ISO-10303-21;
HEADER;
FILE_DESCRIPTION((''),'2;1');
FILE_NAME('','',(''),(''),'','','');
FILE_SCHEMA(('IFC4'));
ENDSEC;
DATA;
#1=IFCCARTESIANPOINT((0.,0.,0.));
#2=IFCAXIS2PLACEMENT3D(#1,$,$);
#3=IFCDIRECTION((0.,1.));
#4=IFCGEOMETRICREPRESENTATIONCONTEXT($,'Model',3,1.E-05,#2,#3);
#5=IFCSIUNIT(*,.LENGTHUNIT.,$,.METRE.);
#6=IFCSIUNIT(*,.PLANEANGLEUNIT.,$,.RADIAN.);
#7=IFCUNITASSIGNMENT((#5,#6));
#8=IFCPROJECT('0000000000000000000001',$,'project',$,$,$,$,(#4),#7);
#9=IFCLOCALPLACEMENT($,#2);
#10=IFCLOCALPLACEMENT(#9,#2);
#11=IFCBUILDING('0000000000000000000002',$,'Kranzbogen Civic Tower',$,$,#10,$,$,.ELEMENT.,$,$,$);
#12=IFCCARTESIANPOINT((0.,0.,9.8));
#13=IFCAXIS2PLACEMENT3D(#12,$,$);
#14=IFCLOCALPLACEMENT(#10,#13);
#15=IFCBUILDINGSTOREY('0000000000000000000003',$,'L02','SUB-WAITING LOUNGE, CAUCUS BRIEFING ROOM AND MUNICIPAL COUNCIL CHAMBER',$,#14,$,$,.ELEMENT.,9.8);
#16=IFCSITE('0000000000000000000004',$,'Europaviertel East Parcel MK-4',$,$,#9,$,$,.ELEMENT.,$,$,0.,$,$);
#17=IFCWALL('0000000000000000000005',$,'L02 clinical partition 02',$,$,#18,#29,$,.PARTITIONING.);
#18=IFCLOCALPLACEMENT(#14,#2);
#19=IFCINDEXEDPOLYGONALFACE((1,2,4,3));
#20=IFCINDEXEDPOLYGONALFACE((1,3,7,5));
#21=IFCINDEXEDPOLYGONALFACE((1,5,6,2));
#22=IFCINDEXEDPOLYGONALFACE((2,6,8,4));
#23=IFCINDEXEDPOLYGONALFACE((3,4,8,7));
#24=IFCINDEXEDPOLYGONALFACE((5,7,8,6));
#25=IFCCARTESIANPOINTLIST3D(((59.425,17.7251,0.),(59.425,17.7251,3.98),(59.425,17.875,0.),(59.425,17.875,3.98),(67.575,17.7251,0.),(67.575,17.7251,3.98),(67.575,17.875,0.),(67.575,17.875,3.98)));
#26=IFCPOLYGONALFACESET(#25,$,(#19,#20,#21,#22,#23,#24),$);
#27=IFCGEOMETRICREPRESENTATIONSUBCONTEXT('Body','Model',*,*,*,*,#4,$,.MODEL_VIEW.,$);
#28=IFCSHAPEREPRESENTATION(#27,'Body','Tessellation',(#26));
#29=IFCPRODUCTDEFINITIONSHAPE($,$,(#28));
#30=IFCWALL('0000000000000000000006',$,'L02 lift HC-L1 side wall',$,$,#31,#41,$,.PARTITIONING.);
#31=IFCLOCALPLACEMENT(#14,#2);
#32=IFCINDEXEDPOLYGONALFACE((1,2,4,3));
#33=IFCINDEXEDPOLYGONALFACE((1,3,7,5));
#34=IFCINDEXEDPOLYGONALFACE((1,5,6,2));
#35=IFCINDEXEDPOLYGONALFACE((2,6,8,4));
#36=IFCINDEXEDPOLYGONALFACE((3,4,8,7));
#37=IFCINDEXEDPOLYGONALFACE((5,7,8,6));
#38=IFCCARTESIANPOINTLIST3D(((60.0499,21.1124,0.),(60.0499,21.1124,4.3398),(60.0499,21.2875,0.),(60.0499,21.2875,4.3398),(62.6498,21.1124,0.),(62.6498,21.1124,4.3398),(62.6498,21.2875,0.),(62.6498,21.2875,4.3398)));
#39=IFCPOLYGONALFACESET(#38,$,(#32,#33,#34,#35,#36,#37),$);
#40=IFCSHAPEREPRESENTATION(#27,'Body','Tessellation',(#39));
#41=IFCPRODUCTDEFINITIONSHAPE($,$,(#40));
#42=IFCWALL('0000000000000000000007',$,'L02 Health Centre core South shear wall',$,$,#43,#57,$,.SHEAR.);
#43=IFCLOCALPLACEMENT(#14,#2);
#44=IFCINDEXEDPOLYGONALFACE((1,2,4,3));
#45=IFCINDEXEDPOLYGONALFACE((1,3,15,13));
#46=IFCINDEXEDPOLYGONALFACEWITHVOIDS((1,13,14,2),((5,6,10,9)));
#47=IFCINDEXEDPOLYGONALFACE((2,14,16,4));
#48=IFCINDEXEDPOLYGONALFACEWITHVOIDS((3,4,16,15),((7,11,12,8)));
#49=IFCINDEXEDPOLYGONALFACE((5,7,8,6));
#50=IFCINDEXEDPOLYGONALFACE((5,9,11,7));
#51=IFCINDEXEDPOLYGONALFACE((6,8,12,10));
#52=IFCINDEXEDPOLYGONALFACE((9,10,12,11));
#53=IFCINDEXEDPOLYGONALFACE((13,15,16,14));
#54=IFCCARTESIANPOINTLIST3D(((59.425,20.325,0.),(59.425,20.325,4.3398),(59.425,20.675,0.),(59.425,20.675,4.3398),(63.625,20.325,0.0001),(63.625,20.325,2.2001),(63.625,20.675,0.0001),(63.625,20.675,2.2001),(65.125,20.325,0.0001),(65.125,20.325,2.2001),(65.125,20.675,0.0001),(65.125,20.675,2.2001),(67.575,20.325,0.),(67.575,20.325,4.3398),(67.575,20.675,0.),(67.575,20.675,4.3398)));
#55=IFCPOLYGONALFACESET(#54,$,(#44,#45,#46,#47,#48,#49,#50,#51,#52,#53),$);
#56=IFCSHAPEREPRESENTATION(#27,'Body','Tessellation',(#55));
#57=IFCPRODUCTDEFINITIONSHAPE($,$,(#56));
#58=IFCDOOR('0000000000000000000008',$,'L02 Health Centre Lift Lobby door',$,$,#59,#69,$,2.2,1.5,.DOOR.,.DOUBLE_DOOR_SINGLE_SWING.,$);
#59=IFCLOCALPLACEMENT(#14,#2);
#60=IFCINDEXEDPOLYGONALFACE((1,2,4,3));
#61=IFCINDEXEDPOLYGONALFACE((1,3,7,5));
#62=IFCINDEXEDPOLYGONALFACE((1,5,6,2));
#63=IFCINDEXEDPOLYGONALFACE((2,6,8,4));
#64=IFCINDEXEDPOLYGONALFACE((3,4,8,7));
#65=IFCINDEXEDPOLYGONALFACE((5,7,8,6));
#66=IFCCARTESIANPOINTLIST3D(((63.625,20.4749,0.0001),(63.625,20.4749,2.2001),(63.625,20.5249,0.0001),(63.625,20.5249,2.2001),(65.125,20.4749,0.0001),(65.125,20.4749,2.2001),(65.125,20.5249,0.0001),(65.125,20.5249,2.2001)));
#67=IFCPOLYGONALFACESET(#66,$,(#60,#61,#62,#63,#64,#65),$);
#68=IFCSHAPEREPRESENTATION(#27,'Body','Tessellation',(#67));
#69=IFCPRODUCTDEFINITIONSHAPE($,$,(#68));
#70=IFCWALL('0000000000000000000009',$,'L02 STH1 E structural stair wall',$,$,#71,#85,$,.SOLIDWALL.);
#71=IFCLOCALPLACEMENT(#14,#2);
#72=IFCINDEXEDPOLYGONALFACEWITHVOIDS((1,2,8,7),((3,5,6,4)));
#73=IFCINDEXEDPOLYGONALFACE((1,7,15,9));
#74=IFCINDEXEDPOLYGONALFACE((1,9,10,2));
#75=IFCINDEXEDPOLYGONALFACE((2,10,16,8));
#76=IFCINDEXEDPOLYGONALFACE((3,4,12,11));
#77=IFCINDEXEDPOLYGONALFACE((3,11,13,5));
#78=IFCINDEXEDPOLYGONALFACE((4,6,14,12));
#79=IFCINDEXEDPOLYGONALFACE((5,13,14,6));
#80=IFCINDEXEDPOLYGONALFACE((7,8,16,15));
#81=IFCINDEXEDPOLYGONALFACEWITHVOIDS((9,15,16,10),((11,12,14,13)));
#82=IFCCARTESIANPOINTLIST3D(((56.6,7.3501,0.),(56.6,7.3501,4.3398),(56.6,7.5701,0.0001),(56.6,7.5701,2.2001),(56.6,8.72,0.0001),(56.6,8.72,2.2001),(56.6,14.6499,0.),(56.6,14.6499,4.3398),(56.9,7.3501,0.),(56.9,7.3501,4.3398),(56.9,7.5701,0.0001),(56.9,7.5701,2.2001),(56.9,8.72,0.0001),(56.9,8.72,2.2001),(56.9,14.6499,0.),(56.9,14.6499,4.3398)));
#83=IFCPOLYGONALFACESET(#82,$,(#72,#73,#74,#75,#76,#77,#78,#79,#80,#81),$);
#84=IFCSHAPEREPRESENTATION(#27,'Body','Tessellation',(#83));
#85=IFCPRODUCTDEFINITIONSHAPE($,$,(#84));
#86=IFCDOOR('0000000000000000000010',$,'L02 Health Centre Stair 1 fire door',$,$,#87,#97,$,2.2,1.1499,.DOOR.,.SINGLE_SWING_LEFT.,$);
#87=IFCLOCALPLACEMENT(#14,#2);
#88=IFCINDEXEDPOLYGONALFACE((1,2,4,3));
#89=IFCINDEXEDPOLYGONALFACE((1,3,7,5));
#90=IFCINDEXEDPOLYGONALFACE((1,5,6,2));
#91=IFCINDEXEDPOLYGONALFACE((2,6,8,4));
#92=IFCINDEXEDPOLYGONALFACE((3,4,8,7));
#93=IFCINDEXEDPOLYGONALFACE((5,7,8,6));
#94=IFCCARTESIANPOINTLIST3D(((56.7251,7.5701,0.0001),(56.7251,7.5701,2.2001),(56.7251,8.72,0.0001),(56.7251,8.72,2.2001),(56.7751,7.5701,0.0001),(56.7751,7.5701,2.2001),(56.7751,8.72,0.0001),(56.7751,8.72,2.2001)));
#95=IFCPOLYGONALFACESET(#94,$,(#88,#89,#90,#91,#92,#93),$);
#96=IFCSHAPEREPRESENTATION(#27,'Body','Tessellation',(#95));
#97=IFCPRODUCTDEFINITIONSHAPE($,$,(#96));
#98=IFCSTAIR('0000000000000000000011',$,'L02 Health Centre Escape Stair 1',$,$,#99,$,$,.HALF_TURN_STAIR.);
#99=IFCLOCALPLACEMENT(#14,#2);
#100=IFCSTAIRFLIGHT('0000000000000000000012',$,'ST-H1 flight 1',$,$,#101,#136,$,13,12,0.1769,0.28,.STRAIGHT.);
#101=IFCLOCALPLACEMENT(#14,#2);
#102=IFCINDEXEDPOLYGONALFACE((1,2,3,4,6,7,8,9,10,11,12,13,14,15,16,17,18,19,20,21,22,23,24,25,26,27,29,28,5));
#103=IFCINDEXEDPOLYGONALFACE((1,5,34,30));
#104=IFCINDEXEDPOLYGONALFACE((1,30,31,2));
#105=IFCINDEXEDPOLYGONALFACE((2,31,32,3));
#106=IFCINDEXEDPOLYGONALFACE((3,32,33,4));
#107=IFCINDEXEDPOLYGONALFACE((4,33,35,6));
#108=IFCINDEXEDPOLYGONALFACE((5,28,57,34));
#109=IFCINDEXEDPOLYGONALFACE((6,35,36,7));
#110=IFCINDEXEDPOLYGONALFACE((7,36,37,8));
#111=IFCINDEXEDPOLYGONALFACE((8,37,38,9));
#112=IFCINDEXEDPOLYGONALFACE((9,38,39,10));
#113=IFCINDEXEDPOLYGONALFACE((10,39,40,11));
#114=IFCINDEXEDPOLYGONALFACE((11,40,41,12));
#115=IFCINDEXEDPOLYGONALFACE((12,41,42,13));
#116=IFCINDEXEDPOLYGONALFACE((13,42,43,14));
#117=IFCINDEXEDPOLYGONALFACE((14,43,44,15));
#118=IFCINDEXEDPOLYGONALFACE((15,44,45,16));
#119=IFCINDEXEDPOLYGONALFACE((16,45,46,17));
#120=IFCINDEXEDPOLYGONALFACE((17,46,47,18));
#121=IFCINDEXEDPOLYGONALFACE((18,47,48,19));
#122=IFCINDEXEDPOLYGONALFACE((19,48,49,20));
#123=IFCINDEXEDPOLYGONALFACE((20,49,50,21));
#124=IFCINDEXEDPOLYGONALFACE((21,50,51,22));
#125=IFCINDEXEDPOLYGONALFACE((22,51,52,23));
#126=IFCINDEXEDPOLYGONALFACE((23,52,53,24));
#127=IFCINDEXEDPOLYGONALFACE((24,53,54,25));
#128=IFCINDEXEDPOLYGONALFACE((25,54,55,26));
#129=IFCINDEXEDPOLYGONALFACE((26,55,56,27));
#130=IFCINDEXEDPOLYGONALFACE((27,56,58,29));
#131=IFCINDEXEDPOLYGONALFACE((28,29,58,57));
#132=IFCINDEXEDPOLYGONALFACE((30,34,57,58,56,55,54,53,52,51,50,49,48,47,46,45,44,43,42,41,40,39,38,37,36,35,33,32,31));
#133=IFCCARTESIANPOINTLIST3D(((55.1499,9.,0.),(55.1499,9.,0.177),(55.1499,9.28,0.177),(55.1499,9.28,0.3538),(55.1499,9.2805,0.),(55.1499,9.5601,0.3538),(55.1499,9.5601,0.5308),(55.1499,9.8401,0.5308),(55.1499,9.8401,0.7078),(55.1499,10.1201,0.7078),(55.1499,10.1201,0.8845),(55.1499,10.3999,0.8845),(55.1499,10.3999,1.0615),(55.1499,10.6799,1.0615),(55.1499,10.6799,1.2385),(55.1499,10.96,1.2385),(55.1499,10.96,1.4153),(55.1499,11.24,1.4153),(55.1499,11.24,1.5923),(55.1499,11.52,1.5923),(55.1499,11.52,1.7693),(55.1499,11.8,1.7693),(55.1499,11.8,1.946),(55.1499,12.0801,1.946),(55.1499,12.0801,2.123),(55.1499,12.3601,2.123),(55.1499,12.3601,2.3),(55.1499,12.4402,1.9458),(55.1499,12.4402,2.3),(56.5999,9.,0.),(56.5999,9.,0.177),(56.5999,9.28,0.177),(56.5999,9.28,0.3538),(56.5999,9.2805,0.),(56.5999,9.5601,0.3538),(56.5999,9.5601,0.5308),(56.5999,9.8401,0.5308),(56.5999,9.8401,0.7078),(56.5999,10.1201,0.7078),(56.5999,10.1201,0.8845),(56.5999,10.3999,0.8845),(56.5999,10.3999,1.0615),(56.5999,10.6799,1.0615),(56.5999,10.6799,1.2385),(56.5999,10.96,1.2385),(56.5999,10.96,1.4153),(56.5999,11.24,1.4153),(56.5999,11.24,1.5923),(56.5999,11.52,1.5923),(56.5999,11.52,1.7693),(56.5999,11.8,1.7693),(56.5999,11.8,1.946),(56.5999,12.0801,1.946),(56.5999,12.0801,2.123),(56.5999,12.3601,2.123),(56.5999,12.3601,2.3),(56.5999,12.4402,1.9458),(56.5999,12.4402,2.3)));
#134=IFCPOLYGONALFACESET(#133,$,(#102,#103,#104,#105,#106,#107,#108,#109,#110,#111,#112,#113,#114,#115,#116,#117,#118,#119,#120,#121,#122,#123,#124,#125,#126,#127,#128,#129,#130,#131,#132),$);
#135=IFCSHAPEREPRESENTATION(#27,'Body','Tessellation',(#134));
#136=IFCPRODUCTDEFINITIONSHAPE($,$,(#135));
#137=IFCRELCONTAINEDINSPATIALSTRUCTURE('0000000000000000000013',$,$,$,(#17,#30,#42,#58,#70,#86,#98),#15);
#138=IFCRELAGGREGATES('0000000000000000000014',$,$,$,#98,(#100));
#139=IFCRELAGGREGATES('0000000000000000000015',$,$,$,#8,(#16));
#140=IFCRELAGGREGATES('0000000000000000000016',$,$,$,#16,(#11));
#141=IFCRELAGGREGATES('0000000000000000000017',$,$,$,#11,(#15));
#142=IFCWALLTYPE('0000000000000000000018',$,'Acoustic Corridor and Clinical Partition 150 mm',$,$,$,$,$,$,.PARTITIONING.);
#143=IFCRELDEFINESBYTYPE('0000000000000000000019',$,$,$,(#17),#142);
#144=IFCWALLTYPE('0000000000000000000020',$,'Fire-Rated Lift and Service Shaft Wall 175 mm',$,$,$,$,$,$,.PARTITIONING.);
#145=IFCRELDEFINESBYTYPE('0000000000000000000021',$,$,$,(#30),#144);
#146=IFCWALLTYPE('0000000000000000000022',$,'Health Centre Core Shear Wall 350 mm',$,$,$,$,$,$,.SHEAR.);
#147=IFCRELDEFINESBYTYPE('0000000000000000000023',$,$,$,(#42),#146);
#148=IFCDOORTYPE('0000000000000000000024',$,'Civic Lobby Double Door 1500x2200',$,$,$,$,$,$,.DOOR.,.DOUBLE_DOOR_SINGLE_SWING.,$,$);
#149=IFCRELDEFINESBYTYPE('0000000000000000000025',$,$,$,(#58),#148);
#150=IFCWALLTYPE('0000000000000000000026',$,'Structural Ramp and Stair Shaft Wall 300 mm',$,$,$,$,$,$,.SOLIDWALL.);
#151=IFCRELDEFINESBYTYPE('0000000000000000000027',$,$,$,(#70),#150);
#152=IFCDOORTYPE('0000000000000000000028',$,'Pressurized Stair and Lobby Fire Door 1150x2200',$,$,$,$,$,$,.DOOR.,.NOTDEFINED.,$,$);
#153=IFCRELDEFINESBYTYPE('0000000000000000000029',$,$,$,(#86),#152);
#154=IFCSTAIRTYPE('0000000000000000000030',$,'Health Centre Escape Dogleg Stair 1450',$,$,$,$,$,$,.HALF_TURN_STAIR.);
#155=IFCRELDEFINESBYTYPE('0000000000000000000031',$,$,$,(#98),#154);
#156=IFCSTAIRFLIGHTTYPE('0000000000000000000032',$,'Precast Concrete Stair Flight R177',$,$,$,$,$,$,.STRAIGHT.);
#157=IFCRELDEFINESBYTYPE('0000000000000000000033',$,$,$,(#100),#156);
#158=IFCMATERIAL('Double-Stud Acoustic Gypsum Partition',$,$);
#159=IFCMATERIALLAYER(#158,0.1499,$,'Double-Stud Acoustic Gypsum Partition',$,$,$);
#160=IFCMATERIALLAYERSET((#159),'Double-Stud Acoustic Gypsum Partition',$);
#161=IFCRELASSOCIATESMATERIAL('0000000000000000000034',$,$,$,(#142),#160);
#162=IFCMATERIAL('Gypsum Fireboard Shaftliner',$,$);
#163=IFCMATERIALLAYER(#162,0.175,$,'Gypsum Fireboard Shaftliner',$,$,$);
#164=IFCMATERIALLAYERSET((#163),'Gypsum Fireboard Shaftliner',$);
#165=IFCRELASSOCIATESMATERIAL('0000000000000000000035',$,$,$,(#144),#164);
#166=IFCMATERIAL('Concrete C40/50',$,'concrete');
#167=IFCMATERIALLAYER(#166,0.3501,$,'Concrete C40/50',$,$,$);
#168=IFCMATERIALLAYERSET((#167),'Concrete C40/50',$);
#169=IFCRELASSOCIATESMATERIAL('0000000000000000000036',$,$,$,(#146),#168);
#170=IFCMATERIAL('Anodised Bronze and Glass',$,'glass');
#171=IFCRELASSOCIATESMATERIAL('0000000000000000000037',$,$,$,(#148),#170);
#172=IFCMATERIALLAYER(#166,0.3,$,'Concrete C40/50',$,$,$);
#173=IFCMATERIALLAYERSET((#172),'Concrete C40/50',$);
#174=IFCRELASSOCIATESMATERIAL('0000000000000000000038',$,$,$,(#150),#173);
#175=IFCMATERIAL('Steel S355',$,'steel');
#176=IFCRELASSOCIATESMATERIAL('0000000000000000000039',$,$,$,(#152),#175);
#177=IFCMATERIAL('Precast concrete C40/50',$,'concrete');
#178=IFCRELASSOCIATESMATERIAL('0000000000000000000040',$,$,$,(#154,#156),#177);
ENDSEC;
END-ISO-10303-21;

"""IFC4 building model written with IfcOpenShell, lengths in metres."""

from ifc_helpers import new_model, si_unit, direction, frame, frame_2d, origin, place, context, subcontext, project, spatial, polyline, rectangle, outline, extrude, material, layer, layer_set, type_object, element, fill, aggregate, save


model = new_model("IFC4")

# Units and contexts
model_context = context("Model", 3, precision=1e-05, world=origin(), true_north=direction((0.0, 1.0)))
body_context = subcontext(model_context, "Body", "Model", "MODEL_VIEW")
ifc_project = project(units=[si_unit("LENGTHUNIT", "METRE"), si_unit("PLANEANGLEUNIT", "RADIAN")], contexts=[model_context])

# Site, building, storey
site_placement = place(None, origin())
site = spatial("IfcSite", under=ifc_project, at=site_placement, Name="Europaviertel East Parcel MK-4", CompositionType="ELEMENT", RefElevation=0.0)
building_placement = place(site_placement, origin())
building = spatial("IfcBuilding", under=site, at=building_placement, Name="Kranzbogen Civic Tower", CompositionType="ELEMENT")
storey_placement = place(building_placement, frame((0.0, 0.0, 9.8)))
storey = spatial("IfcBuildingStorey", under=building, at=storey_placement, Name="L02", Description="SUB-WAITING LOUNGE, CAUCUS BRIEFING ROOM AND MUNICIPAL COUNCIL CHAMBER", CompositionType="ELEMENT", Elevation=9.8)

# Shared definitions
ifc_material_1 = material(Name="Steel S355", Category="steel")
ifc_material_2 = material(Name="Concrete C40/50", Category="concrete")

# Shared definitions
ifc_material_3 = material(Name="Double-Stud Acoustic Gypsum Partition")
ifc_layer_1 = layer(ifc_material_3, 0.1499, Name="Double-Stud Acoustic Gypsum Partition")
ifc_layer_set_1 = layer_set([ifc_layer_1], Name="Double-Stud Acoustic Gypsum Partition")
wall_type_1 = type_object("IfcWallType", Name="Acoustic Corridor and Clinical Partition 150 mm", PredefinedType="PARTITIONING", material=ifc_layer_set_1)

# Walls
wall_1_placement = place(storey_placement, frame((59.425, 17.8, 0.0), z_axis=(0.0, 0.0, 1.0), x_axis=(1.0, 0.0, 0.0)))
element("IfcWall", 1, at=wall_1_placement, inside=storey, type_object=wall_type_1, Name="L02 clinical partition 02", PredefinedType="PARTITIONING", context=body_context, shape_type="SweptSolid", body=[
    extrude(rectangle(XDim=8.1499, YDim=0.1499, at=frame_2d((4.075, 0.0))), origin(), (0.0, 0.0, 1.0), 3.98),
])
ifc_material_4 = material(Name="Gypsum Fireboard Shaftliner")
ifc_layer_2 = layer(ifc_material_4, 0.175, Name="Gypsum Fireboard Shaftliner")
ifc_layer_set_2 = layer_set([ifc_layer_2], Name="Gypsum Fireboard Shaftliner")
wall_type_2 = type_object("IfcWallType", Name="Fire-Rated Lift and Service Shaft Wall 175 mm", PredefinedType="PARTITIONING", material=ifc_layer_set_2)
wall_2_placement = place(storey_placement, frame((60.05, 21.2, 0.0), z_axis=(0.0, 0.0, 1.0), x_axis=(1.0, 0.0, 0.0)))
element("IfcWall", 2, at=wall_2_placement, inside=storey, type_object=wall_type_2, Name="L02 lift HC-L1 side wall", PredefinedType="PARTITIONING", context=body_context, shape_type="SweptSolid", body=[
    extrude(rectangle(XDim=2.5999, YDim=0.175, at=frame_2d((1.2998, 0.0))), origin(), (0.0, 0.0, 1.0), 4.3398),
])

# Walls, openings, doors
ifc_layer_3 = layer(ifc_material_2, 0.3501, Name="Concrete C40/50")
ifc_layer_set_3 = layer_set([ifc_layer_3], Name="Concrete C40/50")
wall_type_3 = type_object("IfcWallType", Name="Health Centre Core Shear Wall 350 mm", PredefinedType="SHEAR", material=ifc_layer_set_3)
wall_3_placement = place(storey_placement, frame((59.425, 20.5, 0.0), z_axis=(0.0, 0.0, 1.0), x_axis=(1.0, 0.0, 0.0)))
wall_3 = element("IfcWall", 3, at=wall_3_placement, inside=storey, type_object=wall_type_3, Name="L02 Health Centre core South shear wall", PredefinedType="SHEAR", context=body_context, shape_type="SweptSolid", body=[
    extrude(rectangle(XDim=8.1499, YDim=0.3501, at=frame_2d((4.075, 0.0))), origin(), (0.0, 0.0, 1.0), 4.3398),
])
opening_1_placement = place(wall_3_placement, frame((4.2, 0.0, 0.0)))
opening_1 = element("IfcOpeningElement", 4, at=opening_1_placement, cuts=wall_3, PredefinedType="OPENING", context=body_context, shape_type="SweptSolid", body=[
    extrude(rectangle(XDim=1.5, YDim=2.2, at=frame_2d((0.75, 1.1001))), frame((0.0, 0.1851, 0.0), z_axis=(0.0, -1.0, 0.0), x_axis=(1.0, 0.0, 0.0)), (0.0, 0.0, 1.0), 0.3701),
])
ifc_material_5 = material(Name="Anodised Bronze and Glass", Category="glass")
door_type_1 = type_object("IfcDoorType", Name="Civic Lobby Double Door 1500x2200", OperationType="DOUBLE_DOOR_SINGLE_SWING", PredefinedType="DOOR", material=ifc_material_5)
door_1_placement = place(opening_1_placement, origin())
door_1 = element("IfcDoor", 5, at=door_1_placement, inside=storey, type_object=door_type_1, Name="L02 Health Centre Lift Lobby door", OperationType="DOUBLE_DOOR_SINGLE_SWING", OverallHeight=2.2, OverallWidth=1.5, PredefinedType="DOOR", context=body_context, shape_type="SweptSolid", body=[
    extrude(rectangle(XDim=1.5, YDim=2.2, at=frame_2d((0.75, 1.1001))), frame((0.0, 0.0249, 0.0), z_axis=(0.0, -1.0, 0.0), x_axis=(1.0, 0.0, 0.0)), (0.0, 0.0, 1.0), 0.05),
])
fill(opening_1, door_1)
ifc_layer_4 = layer(ifc_material_2, 0.3, Name="Concrete C40/50")
ifc_layer_set_4 = layer_set([ifc_layer_4], Name="Concrete C40/50")
wall_type_4 = type_object("IfcWallType", Name="Structural Ramp and Stair Shaft Wall 300 mm", PredefinedType="SOLIDWALL", material=ifc_layer_set_4)
wall_4_placement = place(storey_placement, frame((56.75, 7.3501, 0.0), z_axis=(0.0, 0.0, 1.0), x_axis=(0.0, 1.0, 0.0)))
wall_4 = element("IfcWall", 6, at=wall_4_placement, inside=storey, type_object=wall_type_4, Name="L02 STH1 E structural stair wall", PredefinedType="SOLIDWALL", context=body_context, shape_type="SweptSolid", body=[
    extrude(rectangle(XDim=7.2998, YDim=0.3, at=frame_2d((3.6499, 0.0))), origin(), (0.0, 0.0, 1.0), 4.3398),
])
opening_2_placement = place(wall_4_placement, frame((0.22, 0.0, 0.0)))
opening_2 = element("IfcOpeningElement", 7, at=opening_2_placement, cuts=wall_4, PredefinedType="OPENING", context=body_context, shape_type="SweptSolid", body=[
    extrude(rectangle(XDim=1.1499, YDim=2.2, at=frame_2d((0.575, 1.1001))), frame((0.0, 0.1602, 0.0), z_axis=(0.0, -1.0, 0.0), x_axis=(1.0, 0.0, 0.0)), (0.0, 0.0, 1.0), 0.3201),
])
door_type_2 = type_object("IfcDoorType", Name="Pressurized Stair and Lobby Fire Door 1150x2200", OperationType="NOTDEFINED", PredefinedType="DOOR", material=ifc_material_1)
door_2_placement = place(opening_2_placement, origin())
door_2 = element("IfcDoor", 8, at=door_2_placement, inside=storey, type_object=door_type_2, Name="L02 Health Centre Stair 1 fire door", OperationType="SINGLE_SWING_LEFT", OverallHeight=2.2, OverallWidth=1.1499, PredefinedType="DOOR", context=body_context, shape_type="SweptSolid", body=[
    extrude(rectangle(XDim=1.1499, YDim=2.2, at=frame_2d((0.575, 1.1001))), frame((0.0, 0.0249, 0.0), z_axis=(0.0, -1.0, 0.0), x_axis=(1.0, 0.0, 0.0)), (0.0, 0.0, 1.0), 0.05),
])
fill(opening_2, door_2)

# Stair, stair flight
ifc_material_6 = material(Name="Precast concrete C40/50", Category="concrete")
stair_type = type_object("IfcStairType", Name="Health Centre Escape Dogleg Stair 1450", PredefinedType="HALF_TURN_STAIR", material=ifc_material_6)
stair_placement = place(storey_placement, origin())
stair = element("IfcStair", 9, at=stair_placement, inside=storey, type_object=stair_type, Name="L02 Health Centre Escape Stair 1", PredefinedType="HALF_TURN_STAIR")
stair_flight_type = type_object("IfcStairFlightType", Name="Precast Concrete Stair Flight R177", PredefinedType="STRAIGHT", material=ifc_material_6)
stair_flight_placement = place(storey_placement, frame((55.875, 9.0, 0.0), z_axis=(0.0, 0.0, 1.0), x_axis=(0.0, 1.0, 0.0)))
stair_flight = element("IfcStairFlight", 10, at=stair_flight_placement, type_object=stair_flight_type, Name="ST-H1 flight 1", NumberOfRisers=13, NumberOfTreads=12, PredefinedType="STRAIGHT", RiserHeight=0.1769, TreadLength=0.28, context=body_context, shape_type="SweptSolid", body=[
    extrude(outline(polyline([(0.0, 0.0), (0.0, 0.177), (0.28, 0.177), (0.28, 0.3538), (0.5601, 0.3538), (0.5601, 0.5308), (0.8401, 0.5308), (0.8401, 0.7078), (1.1201, 0.7078), (1.1201, 0.8845), (1.3999, 0.8845), (1.3999, 1.0615), (1.6799, 1.0615), (1.6799, 1.2385), (1.96, 1.2385), (1.96, 1.4153), (2.24, 1.4153), (2.24, 1.5923), (2.52, 1.5923), (2.52, 1.7693), (2.8, 1.7693), (2.8, 1.946), (3.0801, 1.946), (3.0801, 2.123), (3.3601, 2.123), (3.3601, 2.3), (3.4402, 2.3), (3.4402, 1.9458), (0.2805, 0.0), (0.0, 0.0)])), frame((0.0, 0.7251, 0.0), z_axis=(0.0, -1.0, 0.0), x_axis=(1.0, 0.0, 0.0)), (0.0, 0.0, 1.0), 1.45),
])
aggregate(stair, [stair_flight])

save(model, "model.ifc")
